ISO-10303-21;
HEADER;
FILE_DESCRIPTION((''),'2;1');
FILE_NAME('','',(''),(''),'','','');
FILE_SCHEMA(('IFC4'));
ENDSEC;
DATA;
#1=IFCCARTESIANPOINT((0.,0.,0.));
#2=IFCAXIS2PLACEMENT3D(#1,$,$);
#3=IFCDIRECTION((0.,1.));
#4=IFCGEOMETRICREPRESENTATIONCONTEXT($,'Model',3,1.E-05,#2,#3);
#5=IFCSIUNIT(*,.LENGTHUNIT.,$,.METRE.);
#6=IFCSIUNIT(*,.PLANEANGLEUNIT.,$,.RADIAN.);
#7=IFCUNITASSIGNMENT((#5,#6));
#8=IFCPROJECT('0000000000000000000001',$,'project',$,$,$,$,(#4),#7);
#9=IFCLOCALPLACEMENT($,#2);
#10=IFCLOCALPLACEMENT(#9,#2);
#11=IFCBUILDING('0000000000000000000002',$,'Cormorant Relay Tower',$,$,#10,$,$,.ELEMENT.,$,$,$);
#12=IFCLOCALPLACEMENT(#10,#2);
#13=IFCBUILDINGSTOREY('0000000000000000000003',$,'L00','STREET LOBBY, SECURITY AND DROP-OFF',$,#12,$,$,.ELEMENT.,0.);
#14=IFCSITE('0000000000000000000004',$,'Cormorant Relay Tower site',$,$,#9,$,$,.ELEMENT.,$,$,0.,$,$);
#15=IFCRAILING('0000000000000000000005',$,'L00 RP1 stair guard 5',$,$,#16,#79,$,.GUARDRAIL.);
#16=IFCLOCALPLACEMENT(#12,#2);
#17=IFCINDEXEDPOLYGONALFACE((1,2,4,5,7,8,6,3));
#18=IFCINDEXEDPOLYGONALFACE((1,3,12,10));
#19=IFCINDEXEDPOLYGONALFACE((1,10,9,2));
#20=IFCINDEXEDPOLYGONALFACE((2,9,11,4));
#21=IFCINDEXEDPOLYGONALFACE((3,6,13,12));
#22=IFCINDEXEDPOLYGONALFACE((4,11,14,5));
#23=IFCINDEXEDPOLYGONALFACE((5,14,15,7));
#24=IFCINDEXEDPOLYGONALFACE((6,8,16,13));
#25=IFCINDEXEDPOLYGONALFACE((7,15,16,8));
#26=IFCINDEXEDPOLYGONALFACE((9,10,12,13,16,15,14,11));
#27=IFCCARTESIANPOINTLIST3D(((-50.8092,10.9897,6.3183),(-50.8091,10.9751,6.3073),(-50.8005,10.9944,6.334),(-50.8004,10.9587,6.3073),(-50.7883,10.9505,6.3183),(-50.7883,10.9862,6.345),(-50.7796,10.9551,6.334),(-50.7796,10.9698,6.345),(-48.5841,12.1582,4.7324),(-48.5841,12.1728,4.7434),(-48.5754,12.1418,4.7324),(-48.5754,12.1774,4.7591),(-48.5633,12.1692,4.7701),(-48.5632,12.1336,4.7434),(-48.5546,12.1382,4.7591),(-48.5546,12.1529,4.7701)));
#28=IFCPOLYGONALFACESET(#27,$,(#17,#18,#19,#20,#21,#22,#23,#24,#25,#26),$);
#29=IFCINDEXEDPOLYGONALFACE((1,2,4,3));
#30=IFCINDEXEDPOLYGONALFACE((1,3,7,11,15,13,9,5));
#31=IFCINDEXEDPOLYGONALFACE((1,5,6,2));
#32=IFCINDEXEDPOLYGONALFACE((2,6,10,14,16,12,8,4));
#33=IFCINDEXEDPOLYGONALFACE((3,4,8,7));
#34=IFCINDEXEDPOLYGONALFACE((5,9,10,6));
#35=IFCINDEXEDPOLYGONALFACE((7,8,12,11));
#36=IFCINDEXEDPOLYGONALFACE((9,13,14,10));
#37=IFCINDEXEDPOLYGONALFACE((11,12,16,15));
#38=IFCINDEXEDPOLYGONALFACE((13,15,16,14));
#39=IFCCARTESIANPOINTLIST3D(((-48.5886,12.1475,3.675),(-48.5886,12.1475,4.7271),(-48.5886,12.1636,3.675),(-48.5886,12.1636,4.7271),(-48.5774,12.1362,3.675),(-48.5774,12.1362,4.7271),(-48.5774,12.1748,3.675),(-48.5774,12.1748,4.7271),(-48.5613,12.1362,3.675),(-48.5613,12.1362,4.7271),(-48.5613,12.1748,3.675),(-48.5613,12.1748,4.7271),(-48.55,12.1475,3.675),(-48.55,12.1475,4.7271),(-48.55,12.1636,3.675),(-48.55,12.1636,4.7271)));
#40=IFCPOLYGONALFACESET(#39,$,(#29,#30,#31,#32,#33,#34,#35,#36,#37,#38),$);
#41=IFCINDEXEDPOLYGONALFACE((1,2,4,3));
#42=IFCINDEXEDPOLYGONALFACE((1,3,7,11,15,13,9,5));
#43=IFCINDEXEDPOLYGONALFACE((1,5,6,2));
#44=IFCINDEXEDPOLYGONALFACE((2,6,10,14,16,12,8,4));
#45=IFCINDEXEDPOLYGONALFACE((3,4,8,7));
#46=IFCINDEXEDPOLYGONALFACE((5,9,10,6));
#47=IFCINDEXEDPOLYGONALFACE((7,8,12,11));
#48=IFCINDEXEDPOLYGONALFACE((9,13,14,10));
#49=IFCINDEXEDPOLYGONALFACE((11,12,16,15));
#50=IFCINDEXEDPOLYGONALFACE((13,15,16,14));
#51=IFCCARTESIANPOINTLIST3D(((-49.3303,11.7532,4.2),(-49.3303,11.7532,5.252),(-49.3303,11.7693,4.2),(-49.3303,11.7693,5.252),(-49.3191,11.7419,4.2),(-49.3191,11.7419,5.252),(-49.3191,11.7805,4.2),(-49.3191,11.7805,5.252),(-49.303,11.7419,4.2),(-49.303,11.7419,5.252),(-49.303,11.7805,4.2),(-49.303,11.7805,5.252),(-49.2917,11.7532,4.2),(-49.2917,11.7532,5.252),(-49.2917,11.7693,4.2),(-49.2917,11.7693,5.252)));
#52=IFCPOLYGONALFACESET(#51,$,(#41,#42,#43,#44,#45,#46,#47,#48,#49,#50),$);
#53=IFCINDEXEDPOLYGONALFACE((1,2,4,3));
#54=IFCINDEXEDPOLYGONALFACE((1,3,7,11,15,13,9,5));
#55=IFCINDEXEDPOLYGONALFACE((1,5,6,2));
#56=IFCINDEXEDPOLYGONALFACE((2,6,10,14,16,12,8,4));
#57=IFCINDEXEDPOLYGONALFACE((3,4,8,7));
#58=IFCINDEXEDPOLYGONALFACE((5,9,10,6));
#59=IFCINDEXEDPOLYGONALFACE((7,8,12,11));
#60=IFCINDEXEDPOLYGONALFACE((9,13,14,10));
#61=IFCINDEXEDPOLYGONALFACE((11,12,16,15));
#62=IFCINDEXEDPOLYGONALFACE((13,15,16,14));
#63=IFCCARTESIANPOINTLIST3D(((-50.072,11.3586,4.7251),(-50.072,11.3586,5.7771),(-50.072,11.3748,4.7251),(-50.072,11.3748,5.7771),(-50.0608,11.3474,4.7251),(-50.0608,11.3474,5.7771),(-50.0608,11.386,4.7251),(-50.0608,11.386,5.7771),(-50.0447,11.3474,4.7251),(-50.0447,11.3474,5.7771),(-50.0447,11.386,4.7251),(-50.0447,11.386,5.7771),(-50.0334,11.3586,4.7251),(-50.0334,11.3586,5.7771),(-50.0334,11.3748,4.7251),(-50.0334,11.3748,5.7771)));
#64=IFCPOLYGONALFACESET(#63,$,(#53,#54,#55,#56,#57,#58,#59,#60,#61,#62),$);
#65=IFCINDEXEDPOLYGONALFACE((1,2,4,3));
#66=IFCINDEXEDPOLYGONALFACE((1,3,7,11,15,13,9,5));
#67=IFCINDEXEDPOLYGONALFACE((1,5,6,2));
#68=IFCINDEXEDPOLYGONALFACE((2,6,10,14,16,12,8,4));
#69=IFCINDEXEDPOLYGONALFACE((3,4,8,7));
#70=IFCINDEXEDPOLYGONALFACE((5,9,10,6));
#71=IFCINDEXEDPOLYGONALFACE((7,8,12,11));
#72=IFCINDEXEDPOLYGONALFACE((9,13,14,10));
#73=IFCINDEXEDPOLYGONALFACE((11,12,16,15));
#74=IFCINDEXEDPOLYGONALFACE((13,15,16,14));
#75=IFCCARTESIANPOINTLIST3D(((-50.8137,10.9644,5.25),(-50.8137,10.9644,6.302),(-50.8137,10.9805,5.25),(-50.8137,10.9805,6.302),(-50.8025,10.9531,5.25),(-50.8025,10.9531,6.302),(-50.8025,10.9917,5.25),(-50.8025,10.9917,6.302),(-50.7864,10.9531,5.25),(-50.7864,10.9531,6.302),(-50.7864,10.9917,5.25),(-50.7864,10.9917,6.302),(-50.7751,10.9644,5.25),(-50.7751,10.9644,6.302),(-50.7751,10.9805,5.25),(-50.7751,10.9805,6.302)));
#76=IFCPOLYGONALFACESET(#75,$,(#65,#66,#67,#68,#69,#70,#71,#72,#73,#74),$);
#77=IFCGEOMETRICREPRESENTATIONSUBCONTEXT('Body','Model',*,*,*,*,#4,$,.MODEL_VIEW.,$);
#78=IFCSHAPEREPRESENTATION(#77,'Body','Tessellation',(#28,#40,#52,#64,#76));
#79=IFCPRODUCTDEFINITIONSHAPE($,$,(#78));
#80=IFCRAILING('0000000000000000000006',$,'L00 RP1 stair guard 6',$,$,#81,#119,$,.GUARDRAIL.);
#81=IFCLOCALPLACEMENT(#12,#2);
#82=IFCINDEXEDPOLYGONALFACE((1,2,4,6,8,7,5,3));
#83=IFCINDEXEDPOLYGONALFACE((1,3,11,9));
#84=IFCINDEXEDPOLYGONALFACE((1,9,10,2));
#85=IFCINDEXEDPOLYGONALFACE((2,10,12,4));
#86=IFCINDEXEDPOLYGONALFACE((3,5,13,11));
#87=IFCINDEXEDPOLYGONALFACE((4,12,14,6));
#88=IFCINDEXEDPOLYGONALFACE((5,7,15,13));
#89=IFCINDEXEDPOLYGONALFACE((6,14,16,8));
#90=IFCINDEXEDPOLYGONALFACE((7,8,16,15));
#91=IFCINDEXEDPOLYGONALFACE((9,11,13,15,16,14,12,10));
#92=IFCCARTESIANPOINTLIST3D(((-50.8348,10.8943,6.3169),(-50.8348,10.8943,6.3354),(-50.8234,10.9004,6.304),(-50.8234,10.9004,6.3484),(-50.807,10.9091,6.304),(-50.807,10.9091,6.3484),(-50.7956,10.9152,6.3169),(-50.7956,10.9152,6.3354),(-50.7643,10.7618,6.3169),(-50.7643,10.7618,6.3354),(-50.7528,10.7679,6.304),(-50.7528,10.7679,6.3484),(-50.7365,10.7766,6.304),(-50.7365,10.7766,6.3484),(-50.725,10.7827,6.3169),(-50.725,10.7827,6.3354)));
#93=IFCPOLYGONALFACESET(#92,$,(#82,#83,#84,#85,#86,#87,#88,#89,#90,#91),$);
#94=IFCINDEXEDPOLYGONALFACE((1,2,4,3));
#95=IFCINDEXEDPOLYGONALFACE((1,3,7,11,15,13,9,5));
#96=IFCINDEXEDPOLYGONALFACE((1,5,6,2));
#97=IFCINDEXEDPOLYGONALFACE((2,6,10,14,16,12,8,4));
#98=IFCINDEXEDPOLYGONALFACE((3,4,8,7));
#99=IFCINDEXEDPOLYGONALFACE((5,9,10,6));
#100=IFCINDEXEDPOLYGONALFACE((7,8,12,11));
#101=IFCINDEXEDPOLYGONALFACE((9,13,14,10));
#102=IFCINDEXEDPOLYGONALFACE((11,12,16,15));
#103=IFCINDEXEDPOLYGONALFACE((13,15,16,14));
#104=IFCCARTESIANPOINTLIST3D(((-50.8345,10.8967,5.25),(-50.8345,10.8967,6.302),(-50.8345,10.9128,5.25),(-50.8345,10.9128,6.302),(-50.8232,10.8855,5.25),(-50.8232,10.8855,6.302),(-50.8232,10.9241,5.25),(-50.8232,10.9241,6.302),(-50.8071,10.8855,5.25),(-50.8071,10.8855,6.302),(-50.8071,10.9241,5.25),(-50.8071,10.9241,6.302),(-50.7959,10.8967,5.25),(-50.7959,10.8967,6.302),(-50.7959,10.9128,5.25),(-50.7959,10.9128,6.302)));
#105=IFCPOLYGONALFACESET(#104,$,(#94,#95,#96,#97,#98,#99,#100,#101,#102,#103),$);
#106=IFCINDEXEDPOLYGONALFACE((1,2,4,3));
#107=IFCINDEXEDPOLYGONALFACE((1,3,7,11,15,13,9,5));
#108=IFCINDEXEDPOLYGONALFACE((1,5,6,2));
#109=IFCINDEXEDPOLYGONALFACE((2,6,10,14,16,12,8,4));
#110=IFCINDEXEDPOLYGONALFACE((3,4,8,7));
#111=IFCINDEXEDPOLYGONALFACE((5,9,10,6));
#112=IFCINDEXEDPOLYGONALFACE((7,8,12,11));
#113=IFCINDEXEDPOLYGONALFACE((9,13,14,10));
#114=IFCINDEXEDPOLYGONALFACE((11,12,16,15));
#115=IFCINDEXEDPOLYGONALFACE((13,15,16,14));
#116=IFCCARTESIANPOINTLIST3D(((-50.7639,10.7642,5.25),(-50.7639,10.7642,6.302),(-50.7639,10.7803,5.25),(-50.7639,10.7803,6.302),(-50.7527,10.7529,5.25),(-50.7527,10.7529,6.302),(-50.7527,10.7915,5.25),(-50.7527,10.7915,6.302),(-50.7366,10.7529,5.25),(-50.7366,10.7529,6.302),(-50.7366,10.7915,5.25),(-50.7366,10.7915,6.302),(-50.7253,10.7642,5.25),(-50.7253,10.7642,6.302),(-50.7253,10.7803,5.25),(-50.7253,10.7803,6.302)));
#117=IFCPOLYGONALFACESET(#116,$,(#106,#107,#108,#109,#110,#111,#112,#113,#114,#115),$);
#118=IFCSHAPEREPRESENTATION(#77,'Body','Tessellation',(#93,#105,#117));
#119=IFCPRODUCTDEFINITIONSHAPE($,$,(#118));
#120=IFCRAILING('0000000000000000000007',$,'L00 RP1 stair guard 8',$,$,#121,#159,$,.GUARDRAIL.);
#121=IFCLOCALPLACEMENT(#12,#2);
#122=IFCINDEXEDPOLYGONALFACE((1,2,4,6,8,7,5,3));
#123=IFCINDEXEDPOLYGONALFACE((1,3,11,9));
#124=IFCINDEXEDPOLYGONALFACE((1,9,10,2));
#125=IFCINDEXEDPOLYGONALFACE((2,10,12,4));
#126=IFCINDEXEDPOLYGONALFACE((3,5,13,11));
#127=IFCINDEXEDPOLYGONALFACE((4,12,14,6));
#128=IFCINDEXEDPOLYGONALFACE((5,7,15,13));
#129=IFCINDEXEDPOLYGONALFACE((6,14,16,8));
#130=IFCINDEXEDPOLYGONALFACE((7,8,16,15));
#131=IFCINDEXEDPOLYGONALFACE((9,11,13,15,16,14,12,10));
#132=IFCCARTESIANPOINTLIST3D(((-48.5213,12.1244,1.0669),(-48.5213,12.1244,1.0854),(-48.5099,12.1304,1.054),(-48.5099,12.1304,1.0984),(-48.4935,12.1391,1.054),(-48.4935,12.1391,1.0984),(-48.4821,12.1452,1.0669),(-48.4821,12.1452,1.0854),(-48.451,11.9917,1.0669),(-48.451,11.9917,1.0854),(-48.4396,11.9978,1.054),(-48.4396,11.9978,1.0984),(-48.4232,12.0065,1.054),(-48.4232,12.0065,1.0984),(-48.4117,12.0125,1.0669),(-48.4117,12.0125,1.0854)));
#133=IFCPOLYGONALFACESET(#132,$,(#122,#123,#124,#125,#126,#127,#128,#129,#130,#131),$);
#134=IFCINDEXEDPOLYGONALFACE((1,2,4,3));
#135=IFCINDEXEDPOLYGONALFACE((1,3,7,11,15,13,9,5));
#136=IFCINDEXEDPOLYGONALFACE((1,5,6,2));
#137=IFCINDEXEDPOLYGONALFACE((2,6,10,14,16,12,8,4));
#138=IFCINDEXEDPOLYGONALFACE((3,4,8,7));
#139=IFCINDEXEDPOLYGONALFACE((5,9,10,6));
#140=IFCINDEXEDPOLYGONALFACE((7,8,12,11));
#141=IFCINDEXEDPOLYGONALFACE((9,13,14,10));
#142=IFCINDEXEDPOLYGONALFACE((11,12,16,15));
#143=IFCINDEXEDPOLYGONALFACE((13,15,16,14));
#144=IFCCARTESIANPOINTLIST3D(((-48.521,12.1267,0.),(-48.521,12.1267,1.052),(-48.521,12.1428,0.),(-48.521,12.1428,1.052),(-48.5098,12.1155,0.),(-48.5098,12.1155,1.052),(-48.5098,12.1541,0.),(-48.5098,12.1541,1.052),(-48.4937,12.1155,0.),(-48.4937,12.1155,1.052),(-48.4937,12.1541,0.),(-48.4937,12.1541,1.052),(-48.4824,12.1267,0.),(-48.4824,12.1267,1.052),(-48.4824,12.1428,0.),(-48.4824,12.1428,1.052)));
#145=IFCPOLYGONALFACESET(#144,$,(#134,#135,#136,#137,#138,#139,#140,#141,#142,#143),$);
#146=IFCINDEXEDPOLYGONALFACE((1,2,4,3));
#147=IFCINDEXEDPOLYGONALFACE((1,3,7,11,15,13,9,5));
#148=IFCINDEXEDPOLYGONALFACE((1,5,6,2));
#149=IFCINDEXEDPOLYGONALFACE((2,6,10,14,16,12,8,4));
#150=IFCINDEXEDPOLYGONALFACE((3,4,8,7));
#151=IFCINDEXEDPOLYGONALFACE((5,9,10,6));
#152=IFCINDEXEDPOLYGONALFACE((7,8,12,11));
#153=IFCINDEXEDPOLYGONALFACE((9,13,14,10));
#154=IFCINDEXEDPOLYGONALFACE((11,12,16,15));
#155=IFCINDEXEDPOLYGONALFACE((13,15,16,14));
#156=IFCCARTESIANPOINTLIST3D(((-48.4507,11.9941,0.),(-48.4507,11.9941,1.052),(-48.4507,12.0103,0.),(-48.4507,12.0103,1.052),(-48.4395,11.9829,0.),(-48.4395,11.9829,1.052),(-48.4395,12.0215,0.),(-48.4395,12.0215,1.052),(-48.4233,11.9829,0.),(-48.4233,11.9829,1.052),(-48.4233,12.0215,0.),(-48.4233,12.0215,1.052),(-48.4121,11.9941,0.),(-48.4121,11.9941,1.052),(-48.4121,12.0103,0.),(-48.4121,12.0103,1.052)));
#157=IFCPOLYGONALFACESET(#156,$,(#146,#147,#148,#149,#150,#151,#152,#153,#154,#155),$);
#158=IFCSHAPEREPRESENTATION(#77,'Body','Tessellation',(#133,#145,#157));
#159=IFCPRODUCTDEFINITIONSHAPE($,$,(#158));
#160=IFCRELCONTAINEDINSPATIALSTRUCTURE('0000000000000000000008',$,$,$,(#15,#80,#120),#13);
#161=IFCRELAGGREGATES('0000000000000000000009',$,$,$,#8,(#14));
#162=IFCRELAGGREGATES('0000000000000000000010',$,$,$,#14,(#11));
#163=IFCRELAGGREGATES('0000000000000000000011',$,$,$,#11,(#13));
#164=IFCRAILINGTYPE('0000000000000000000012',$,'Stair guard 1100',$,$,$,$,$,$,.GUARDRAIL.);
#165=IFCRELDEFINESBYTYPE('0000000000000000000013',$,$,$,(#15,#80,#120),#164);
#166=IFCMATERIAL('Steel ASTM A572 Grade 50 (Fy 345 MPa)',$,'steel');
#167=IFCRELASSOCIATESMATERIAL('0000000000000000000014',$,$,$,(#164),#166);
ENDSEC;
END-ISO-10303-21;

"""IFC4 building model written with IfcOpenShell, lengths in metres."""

from ifc_helpers import new_model, si_unit, direction, frame, origin, place, context, subcontext, project, spatial, polyline, outline, extrude, material, type_object, element, save


model = new_model("IFC4")

# Units and contexts
model_context = context("Model", 3, precision=1e-05, world=origin(), true_north=direction((0.0, 1.0)))
body_context = subcontext(model_context, "Body", "Model", "MODEL_VIEW")
ifc_project = project(units=[si_unit("LENGTHUNIT", "METRE"), si_unit("PLANEANGLEUNIT", "RADIAN")], contexts=[model_context])

# Site, building, storey
site_placement = place(None, origin())
site = spatial("IfcSite", under=ifc_project, at=site_placement, Name="Cormorant Relay Tower site", CompositionType="ELEMENT", RefElevation=0.0)
building_placement = place(site_placement, origin())
building = spatial("IfcBuilding", under=site, at=building_placement, Name="Cormorant Relay Tower", CompositionType="ELEMENT")
storey_placement = place(building_placement, origin())
storey = spatial("IfcBuildingStorey", under=building, at=storey_placement, Name="L00", Description="STREET LOBBY, SECURITY AND DROP-OFF", CompositionType="ELEMENT", Elevation=0.0)

# Railings
ifc_material_1 = material(Name="Steel ASTM A572 Grade 50 (Fy 345 MPa)", Category="steel")
railing_type_1 = type_object("IfcRailingType", Name="Stair guard 1100", PredefinedType="GUARDRAIL", material=ifc_material_1)
railing_1_placement = place(storey_placement, frame((-48.5693, 12.1555, 3.675)))
element("IfcRailing", 1, at=railing_1_placement, inside=storey, type_object=railing_type_1, Name="L00 RP1 stair guard 5", PredefinedType="GUARDRAIL", context=body_context, shape_type="SweptSolid", body=[
    extrude(outline(polyline([(0.0222, 0.0093), (0.0093, 0.0222), (-0.0093, 0.0222), (-0.0222, 0.0093), (-0.0222, -0.0093), (-0.0093, -0.0222), (0.0093, -0.0222), (0.0222, -0.0093), (0.0222, 0.0093)])), frame((0.0, 0.0, 1.0762), z_axis=(-0.748751, -0.398118, 0.529975), x_axis=(0.469472, -0.882948, 0.0)), (0.0, 0.0, 1.0), 2.9717),
    extrude(outline(polyline([(0.0193, 0.0081), (0.0081, 0.0193), (-0.0081, 0.0193), (-0.0193, 0.0081), (-0.0193, -0.0081), (-0.0081, -0.0193), (0.0081, -0.0193), (0.0193, -0.0081), (0.0193, 0.0081)])), origin(), (0.0, 0.0, 1.0), 1.052),
    extrude(outline(polyline([(0.0193, 0.0081), (0.0081, 0.0193), (-0.0081, 0.0193), (-0.0193, 0.0081), (-0.0193, -0.0081), (-0.0081, -0.0193), (0.0081, -0.0193), (0.0193, -0.0081), (0.0193, 0.0081)])), frame((-0.7417, -0.3943, 0.5249)), (0.0, 0.0, 1.0), 1.052),
    extrude(outline(polyline([(0.0193, 0.0081), (0.0081, 0.0193), (-0.0081, 0.0193), (-0.0193, 0.0081), (-0.0193, -0.0081), (-0.0081, -0.0193), (0.0081, -0.0193), (0.0193, -0.0081), (0.0193, 0.0081)])), frame((-1.4834, -0.7888, 1.05)), (0.0, 0.0, 1.0), 1.052),
    extrude(outline(polyline([(0.0193, 0.0081), (0.0081, 0.0193), (-0.0081, 0.0193), (-0.0193, 0.0081), (-0.0193, -0.0081), (-0.0081, -0.0193), (0.0081, -0.0193), (0.0193, -0.0081), (0.0193, 0.0081)])), frame((-2.2251, -1.1831, 1.575)), (0.0, 0.0, 1.0), 1.052),
])
railing_2_placement = place(storey_placement, frame((-50.8152, 10.9048, 5.25)))
element("IfcRailing", 2, at=railing_2_placement, inside=storey, type_object=railing_type_1, Name="L00 RP1 stair guard 6", PredefinedType="GUARDRAIL", context=body_context, shape_type="SweptSolid", body=[
    extrude(outline(polyline([(0.0222, 0.0093), (0.0093, 0.0222), (-0.0093, 0.0222), (-0.0222, 0.0093), (-0.0222, -0.0093), (-0.0093, -0.0222), (0.0093, -0.0222), (0.0222, -0.0093), (0.0222, 0.0093)])), frame((0.0, 0.0, 1.0762), z_axis=(0.469829, -0.882758, 0.0), x_axis=(0.882758, 0.469829, 0.0)), (0.0, 0.0, 1.0), 0.1501),
    extrude(outline(polyline([(0.0193, 0.0081), (0.0081, 0.0193), (-0.0081, 0.0193), (-0.0193, 0.0081), (-0.0193, -0.0081), (-0.0081, -0.0193), (0.0081, -0.0193), (0.0193, -0.0081), (0.0193, 0.0081)])), origin(), (0.0, 0.0, 1.0), 1.052),
    extrude(outline(polyline([(0.0193, 0.0081), (0.0081, 0.0193), (-0.0081, 0.0193), (-0.0193, 0.0081), (-0.0193, -0.0081), (-0.0081, -0.0193), (0.0081, -0.0193), (0.0193, -0.0081), (0.0193, 0.0081)])), frame((0.0706, -0.1326, 0.0)), (0.0, 0.0, 1.0), 1.052),
])
railing_3_placement = place(storey_placement, frame((-48.5017, 12.1348, 0.0)))
element("IfcRailing", 3, at=railing_3_placement, inside=storey, type_object=railing_type_1, Name="L00 RP1 stair guard 8", PredefinedType="GUARDRAIL", context=body_context, shape_type="SweptSolid", body=[
    extrude(outline(polyline([(0.0222, 0.0093), (0.0093, 0.0222), (-0.0093, 0.0222), (-0.0222, 0.0093), (-0.0222, -0.0093), (-0.0093, -0.0222), (0.0093, -0.0222), (0.0222, -0.0093), (0.0222, 0.0093)])), frame((0.0, 0.0, 1.0762), z_axis=(0.46856, -0.883431, 0.0), x_axis=(0.883431, 0.46856, 0.0)), (0.0, 0.0, 1.0), 0.1501),
    extrude(outline(polyline([(0.0193, 0.0081), (0.0081, 0.0193), (-0.0081, 0.0193), (-0.0193, 0.0081), (-0.0193, -0.0081), (-0.0081, -0.0193), (0.0081, -0.0193), (0.0193, -0.0081), (0.0193, 0.0081)])), origin(), (0.0, 0.0, 1.0), 1.052),
    extrude(outline(polyline([(0.0193, 0.0081), (0.0081, 0.0193), (-0.0081, 0.0193), (-0.0193, 0.0081), (-0.0193, -0.0081), (-0.0081, -0.0193), (0.0081, -0.0193), (0.0193, -0.0081), (0.0193, 0.0081)])), frame((0.0703, -0.1326, 0.0)), (0.0, 0.0, 1.0), 1.052),
])

save(model, "model.ifc")
